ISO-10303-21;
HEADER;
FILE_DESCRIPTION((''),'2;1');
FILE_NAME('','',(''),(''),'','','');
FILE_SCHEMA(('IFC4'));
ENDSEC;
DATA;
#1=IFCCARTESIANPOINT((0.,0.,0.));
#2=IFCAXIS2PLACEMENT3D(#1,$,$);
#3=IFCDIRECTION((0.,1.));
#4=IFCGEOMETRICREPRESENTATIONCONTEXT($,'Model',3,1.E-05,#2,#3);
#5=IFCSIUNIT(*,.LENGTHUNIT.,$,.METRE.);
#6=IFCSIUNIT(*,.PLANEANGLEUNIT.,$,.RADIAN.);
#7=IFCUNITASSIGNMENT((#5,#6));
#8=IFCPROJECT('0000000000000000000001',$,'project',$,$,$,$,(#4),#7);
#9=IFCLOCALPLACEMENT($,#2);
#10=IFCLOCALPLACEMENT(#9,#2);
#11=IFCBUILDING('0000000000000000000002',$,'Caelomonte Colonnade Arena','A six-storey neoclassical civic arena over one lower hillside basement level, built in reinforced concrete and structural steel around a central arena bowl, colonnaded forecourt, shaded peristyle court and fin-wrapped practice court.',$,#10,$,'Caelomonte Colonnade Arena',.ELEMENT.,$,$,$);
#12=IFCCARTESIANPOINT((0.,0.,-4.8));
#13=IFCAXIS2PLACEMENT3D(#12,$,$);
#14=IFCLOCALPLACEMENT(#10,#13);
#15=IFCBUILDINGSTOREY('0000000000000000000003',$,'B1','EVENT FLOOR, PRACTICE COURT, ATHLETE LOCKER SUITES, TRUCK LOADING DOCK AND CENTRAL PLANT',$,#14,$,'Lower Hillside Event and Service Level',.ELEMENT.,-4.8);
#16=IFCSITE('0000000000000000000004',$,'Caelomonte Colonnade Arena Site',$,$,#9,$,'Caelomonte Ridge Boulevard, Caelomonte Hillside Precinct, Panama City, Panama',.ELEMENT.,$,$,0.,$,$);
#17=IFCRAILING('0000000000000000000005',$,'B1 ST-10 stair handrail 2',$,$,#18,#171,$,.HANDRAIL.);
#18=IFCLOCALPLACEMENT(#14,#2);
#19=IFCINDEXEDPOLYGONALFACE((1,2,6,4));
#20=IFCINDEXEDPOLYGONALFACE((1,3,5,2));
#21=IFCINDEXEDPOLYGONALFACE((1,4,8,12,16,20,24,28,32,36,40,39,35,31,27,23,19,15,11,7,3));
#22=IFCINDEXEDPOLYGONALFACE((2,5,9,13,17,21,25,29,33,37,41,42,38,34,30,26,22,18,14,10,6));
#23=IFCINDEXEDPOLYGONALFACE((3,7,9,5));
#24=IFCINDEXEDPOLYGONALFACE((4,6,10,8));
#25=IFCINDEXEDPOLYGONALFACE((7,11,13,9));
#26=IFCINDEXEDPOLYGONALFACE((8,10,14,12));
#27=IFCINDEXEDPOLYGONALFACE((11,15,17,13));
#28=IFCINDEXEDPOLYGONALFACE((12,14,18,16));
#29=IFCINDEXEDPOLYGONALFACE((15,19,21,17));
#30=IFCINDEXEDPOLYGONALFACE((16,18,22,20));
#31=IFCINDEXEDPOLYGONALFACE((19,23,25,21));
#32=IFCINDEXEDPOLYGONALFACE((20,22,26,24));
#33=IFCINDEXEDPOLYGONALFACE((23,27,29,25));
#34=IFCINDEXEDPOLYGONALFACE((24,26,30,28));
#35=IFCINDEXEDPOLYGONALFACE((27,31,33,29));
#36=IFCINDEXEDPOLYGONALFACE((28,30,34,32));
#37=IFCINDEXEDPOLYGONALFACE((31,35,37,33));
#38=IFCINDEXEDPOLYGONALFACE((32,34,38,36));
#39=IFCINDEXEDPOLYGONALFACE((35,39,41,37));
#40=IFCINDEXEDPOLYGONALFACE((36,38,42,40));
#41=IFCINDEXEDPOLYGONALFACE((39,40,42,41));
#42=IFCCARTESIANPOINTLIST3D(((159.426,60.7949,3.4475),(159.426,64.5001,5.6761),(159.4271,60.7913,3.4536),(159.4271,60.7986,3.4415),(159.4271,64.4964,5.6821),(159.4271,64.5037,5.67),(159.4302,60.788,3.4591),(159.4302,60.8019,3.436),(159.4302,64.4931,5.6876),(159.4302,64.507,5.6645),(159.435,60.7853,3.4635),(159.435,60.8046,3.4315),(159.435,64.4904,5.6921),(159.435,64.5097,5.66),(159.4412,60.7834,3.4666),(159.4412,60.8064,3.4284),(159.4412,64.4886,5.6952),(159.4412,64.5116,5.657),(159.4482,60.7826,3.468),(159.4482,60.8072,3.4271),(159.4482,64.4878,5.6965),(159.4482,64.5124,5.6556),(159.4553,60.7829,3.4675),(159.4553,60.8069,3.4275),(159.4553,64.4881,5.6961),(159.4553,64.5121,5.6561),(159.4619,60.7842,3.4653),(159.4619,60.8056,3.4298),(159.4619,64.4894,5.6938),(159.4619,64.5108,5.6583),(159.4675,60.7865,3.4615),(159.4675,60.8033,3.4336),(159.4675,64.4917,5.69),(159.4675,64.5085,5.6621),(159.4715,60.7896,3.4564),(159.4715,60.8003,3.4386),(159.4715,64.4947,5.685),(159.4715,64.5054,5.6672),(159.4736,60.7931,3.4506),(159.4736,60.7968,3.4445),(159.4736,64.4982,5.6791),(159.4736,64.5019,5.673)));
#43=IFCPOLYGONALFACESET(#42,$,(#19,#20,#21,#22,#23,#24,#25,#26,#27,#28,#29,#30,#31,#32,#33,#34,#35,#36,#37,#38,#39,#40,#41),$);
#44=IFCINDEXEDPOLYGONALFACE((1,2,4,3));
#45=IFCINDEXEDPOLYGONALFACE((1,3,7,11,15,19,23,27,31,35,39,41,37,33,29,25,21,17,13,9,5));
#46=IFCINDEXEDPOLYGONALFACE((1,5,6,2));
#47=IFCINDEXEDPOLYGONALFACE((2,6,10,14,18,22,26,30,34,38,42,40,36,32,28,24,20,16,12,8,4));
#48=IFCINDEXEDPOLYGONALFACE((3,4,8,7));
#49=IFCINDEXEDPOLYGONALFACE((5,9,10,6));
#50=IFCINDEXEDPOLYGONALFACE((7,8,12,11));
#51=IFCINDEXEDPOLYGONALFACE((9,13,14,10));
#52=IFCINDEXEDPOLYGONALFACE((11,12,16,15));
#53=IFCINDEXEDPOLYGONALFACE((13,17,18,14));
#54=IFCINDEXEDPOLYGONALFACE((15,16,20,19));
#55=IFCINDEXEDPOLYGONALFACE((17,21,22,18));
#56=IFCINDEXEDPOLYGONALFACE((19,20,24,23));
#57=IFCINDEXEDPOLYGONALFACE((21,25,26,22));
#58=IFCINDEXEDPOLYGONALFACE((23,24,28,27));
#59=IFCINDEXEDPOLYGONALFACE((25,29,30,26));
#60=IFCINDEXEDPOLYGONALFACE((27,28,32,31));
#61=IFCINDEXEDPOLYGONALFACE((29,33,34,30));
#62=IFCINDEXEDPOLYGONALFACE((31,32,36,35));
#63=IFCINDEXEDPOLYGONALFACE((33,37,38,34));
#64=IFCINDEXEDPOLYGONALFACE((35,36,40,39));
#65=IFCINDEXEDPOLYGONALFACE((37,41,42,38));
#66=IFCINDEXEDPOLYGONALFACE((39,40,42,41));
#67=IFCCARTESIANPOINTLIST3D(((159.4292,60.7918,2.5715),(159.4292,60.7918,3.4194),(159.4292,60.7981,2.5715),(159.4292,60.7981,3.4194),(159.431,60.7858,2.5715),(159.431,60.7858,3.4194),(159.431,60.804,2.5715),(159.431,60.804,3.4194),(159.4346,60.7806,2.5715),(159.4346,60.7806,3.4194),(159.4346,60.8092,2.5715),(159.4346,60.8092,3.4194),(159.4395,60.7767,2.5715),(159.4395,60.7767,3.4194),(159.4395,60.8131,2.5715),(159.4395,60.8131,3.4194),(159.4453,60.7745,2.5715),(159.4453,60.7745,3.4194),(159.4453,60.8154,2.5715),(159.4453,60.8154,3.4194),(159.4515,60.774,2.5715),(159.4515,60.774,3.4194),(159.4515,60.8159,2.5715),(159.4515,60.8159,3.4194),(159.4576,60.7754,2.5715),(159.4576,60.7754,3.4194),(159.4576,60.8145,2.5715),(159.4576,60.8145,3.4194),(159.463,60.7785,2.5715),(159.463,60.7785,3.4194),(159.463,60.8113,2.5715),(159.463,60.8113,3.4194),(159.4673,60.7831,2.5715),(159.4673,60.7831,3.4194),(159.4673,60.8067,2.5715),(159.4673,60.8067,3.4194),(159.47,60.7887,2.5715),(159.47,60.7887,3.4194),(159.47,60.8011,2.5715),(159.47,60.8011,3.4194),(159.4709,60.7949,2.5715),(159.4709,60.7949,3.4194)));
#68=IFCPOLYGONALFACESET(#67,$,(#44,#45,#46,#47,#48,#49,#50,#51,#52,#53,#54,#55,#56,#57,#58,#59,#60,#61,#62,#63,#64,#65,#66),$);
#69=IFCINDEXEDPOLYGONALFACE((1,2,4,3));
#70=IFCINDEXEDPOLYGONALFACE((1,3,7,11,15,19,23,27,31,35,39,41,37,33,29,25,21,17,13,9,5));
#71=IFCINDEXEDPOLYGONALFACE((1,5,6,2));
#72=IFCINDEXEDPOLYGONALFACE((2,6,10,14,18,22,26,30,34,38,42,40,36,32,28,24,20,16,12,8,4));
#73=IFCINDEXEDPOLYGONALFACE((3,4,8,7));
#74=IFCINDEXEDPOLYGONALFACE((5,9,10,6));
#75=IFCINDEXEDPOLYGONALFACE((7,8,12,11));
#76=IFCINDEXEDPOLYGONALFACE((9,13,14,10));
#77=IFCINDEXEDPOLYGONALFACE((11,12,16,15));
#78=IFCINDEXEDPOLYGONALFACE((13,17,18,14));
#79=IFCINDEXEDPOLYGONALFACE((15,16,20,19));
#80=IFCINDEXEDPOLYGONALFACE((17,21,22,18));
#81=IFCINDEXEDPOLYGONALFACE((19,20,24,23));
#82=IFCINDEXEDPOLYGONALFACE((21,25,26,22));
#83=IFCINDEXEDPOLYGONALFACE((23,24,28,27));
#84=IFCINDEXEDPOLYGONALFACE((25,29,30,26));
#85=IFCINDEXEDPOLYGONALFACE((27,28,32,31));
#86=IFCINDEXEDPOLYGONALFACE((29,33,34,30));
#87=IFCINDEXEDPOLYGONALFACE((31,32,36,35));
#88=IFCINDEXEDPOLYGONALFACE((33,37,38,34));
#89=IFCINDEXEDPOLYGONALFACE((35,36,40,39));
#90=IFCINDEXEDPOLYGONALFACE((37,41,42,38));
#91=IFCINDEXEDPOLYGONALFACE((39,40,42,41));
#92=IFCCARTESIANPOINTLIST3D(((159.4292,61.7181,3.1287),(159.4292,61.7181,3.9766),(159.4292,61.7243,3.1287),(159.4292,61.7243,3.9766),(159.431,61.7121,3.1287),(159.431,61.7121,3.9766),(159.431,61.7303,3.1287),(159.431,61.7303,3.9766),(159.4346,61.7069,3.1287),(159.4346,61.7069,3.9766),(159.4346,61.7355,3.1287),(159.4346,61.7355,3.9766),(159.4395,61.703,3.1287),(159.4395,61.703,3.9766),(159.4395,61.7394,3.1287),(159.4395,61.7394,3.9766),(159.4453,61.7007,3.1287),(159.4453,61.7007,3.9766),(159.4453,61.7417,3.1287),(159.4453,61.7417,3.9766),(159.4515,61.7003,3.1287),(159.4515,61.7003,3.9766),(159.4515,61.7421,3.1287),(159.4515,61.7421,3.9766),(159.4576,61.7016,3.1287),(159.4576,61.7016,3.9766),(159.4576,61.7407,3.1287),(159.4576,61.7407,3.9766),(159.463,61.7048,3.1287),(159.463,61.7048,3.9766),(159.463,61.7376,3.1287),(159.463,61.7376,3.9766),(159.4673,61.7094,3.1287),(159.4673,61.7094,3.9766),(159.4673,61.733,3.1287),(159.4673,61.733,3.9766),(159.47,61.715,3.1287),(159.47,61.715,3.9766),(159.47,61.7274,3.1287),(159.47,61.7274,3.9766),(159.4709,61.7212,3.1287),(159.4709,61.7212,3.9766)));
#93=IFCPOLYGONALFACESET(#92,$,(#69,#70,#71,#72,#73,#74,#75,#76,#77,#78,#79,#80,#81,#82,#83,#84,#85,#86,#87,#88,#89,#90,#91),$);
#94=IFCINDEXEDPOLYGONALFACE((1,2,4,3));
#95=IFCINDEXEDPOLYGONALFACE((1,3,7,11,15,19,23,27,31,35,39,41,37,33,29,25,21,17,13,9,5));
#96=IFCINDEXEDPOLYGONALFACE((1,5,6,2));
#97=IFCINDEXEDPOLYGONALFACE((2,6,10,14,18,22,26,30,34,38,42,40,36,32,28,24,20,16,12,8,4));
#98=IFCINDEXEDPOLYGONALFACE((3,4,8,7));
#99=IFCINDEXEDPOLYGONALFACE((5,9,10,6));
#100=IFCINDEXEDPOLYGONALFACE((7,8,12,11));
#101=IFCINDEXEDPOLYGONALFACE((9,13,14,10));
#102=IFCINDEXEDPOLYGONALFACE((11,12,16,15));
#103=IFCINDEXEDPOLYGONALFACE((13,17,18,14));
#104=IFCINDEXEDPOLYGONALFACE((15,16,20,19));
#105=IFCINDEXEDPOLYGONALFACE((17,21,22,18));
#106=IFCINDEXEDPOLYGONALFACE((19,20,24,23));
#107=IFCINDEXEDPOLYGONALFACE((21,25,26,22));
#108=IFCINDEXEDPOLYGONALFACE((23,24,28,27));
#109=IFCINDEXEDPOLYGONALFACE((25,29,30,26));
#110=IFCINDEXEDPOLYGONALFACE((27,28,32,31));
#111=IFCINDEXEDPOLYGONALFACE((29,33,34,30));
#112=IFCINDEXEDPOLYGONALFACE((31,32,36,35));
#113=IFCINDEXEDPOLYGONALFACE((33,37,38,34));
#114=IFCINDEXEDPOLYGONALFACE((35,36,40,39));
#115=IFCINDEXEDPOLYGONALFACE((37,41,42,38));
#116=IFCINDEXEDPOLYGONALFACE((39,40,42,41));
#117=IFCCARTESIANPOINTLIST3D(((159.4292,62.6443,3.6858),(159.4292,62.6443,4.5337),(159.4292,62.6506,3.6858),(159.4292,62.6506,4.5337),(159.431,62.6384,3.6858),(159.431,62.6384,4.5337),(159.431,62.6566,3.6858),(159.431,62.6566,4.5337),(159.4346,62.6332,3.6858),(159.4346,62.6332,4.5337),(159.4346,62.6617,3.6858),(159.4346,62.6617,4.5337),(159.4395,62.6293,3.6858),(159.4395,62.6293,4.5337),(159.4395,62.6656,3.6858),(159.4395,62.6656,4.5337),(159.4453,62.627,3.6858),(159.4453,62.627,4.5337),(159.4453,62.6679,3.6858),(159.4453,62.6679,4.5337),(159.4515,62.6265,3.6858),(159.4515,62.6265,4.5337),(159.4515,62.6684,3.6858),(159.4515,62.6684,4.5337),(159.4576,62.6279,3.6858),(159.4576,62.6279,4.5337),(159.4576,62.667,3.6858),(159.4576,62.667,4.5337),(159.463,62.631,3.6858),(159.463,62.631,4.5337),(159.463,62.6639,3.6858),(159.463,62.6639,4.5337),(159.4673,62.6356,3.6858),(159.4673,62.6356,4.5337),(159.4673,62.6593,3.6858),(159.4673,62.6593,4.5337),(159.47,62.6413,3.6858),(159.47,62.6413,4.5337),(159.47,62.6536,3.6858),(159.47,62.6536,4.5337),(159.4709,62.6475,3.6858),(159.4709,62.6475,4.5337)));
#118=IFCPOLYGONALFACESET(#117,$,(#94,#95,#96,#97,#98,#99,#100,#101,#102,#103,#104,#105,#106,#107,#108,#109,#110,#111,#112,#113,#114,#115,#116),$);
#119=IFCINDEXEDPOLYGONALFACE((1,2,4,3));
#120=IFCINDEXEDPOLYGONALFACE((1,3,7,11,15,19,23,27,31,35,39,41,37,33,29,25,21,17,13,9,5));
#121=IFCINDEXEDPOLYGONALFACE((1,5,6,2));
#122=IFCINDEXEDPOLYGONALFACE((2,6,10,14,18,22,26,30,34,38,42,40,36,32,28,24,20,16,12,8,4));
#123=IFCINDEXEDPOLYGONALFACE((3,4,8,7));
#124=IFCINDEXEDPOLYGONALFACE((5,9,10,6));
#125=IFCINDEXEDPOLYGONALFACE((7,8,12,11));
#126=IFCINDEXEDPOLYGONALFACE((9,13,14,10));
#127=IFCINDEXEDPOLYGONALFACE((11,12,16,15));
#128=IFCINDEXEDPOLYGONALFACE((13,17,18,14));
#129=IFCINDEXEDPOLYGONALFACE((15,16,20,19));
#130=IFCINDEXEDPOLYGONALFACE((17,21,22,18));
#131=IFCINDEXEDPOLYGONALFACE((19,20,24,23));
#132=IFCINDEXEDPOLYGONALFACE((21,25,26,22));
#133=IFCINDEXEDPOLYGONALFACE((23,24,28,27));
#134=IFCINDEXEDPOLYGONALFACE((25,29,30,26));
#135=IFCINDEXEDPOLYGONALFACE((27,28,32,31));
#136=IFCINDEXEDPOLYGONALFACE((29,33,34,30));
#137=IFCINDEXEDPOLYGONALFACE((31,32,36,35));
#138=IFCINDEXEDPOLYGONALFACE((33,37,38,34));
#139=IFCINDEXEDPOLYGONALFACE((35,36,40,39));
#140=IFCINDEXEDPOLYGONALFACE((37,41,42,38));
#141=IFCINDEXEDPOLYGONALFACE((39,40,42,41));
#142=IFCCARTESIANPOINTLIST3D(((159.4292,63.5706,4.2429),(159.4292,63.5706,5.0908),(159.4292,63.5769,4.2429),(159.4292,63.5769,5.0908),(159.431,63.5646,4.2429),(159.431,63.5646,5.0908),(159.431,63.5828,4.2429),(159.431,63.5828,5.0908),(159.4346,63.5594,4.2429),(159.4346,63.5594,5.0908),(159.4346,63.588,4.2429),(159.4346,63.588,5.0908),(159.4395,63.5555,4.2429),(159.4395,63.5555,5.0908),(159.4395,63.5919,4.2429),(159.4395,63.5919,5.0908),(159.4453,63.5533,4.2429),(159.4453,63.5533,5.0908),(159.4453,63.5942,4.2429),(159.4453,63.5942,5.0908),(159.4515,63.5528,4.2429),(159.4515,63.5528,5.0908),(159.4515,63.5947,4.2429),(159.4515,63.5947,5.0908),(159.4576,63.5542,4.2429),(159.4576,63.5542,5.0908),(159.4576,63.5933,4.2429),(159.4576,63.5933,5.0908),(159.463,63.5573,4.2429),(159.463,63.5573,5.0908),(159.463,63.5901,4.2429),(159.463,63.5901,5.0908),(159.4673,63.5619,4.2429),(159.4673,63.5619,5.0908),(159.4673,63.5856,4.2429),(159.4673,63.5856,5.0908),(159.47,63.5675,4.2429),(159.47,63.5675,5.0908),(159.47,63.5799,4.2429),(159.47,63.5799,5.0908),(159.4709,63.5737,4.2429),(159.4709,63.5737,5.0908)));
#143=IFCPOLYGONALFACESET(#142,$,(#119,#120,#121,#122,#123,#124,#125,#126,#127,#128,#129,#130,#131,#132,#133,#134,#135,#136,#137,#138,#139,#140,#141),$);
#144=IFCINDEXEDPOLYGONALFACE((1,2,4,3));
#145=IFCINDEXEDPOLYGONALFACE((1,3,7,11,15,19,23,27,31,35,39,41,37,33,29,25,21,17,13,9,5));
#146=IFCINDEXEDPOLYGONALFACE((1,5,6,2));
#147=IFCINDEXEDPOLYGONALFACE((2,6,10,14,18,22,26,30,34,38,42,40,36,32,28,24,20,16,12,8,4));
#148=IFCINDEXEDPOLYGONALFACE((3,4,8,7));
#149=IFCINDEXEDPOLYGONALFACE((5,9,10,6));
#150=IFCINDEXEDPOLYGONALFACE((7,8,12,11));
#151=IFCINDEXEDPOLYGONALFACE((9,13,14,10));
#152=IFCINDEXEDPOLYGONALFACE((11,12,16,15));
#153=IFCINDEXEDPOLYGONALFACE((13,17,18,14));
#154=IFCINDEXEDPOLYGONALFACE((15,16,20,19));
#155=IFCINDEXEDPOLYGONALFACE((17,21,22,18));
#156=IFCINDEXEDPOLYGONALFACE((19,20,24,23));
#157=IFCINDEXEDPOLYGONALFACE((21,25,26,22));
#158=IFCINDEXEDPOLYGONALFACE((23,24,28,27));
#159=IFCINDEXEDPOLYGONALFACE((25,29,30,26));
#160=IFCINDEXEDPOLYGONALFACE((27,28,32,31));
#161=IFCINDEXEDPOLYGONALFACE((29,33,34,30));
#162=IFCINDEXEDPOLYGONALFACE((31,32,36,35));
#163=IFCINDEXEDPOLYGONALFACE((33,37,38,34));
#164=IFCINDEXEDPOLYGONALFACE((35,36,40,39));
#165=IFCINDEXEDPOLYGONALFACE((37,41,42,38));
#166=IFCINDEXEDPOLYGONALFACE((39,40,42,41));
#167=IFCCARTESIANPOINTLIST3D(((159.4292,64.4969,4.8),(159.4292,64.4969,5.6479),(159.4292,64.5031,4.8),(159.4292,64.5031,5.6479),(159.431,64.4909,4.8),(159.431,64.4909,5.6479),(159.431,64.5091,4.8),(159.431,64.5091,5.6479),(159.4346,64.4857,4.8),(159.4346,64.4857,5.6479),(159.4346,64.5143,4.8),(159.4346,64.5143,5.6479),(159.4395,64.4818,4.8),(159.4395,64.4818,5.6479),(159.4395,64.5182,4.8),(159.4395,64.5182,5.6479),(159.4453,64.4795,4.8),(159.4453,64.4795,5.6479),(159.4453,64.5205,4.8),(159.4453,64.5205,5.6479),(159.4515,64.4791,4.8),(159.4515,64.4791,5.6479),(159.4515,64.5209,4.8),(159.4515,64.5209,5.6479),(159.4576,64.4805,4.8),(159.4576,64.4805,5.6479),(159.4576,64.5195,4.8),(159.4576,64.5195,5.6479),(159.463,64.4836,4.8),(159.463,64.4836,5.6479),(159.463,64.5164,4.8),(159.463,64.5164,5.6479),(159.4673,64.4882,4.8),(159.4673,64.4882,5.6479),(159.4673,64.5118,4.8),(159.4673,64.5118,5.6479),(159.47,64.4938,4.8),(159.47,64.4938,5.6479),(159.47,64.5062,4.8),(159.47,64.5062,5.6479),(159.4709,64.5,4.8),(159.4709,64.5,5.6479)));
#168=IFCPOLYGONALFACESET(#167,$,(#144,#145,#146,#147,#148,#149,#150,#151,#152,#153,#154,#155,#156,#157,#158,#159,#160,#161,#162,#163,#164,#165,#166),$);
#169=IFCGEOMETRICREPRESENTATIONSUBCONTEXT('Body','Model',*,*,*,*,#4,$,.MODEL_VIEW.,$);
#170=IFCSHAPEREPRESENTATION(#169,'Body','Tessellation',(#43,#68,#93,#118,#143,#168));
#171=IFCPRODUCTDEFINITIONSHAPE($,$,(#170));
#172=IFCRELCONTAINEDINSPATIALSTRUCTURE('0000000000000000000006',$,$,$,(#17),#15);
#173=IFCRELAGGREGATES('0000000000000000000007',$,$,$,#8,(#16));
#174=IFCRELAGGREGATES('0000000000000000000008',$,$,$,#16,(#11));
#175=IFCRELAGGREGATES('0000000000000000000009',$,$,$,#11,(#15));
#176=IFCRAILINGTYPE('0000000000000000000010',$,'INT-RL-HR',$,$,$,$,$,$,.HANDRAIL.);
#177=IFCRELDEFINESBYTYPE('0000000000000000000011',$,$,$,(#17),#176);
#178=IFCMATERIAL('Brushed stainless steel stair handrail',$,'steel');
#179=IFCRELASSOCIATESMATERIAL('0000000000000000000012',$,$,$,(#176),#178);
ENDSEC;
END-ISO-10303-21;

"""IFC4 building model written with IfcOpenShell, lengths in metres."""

from ifc_helpers import new_model, si_unit, direction, frame, origin, origin_2d, place, context, subcontext, project, spatial, circle, extrude, material, type_object, element, save


model = new_model("IFC4")

# Units and contexts
model_context = context("Model", 3, precision=1e-05, world=origin(), true_north=direction((0.0, 1.0)))
body_context = subcontext(model_context, "Body", "Model", "MODEL_VIEW")
ifc_project = project(units=[si_unit("LENGTHUNIT", "METRE"), si_unit("PLANEANGLEUNIT", "RADIAN")], contexts=[model_context])

# Site, building, storey
site_placement = place(None, origin())
site = spatial("IfcSite", under=ifc_project, at=site_placement, Name="Caelomonte Colonnade Arena Site", LongName="Caelomonte Ridge Boulevard, Caelomonte Hillside Precinct, Panama City, Panama", CompositionType="ELEMENT", RefElevation=0.0)
building_placement = place(site_placement, origin())
building = spatial("IfcBuilding", under=site, at=building_placement, Name="Caelomonte Colonnade Arena", Description="A six-storey neoclassical civic arena over one lower hillside basement level, built in reinforced concrete and structural steel around a central arena bowl, colonnaded forecourt, shaded peristyle court and fin-wrapped practice court.", LongName="Caelomonte Colonnade Arena", CompositionType="ELEMENT")
storey_placement = place(building_placement, frame((0.0, 0.0, -4.8)))
storey = spatial("IfcBuildingStorey", under=building, at=storey_placement, Name="B1", Description="EVENT FLOOR, PRACTICE COURT, ATHLETE LOCKER SUITES, TRUCK LOADING DOCK AND CENTRAL PLANT", LongName="Lower Hillside Event and Service Level", CompositionType="ELEMENT", Elevation=-4.8)

# Railing
ifc_material_1 = material(Name="Brushed stainless steel stair handrail", Category="steel")
railing_type = type_object("IfcRailingType", Name="INT-RL-HR", PredefinedType="HANDRAIL", material=ifc_material_1)
railing_placement = place(storey_placement, frame((159.45, 60.7949, 2.5715)))
element("IfcRailing", 1, at=railing_placement, inside=storey, type_object=railing_type, Name="B1 ST-10 stair handrail 2", PredefinedType="HANDRAIL", context=body_context, shape_type="SweptSolid", body=[
    extrude(circle(Radius=0.0239, at=origin_2d()), frame((0.0, 0.0, 0.876), z_axis=(0.0, 0.856934, 0.515425), x_axis=(-1.0, 0.0, 0.0)), (0.0, 0.0, 1.0), 4.3237),
    extrude(circle(Radius=0.021, at=origin_2d()), origin(), (0.0, 0.0, 1.0), 0.8479),
    extrude(circle(Radius=0.021, at=origin_2d()), frame((0.0, 0.9263, 0.5571)), (0.0, 0.0, 1.0), 0.8479),
    extrude(circle(Radius=0.021, at=origin_2d()), frame((0.0, 1.8525, 1.1143)), (0.0, 0.0, 1.0), 0.8479),
    extrude(circle(Radius=0.021, at=origin_2d()), frame((0.0, 2.7788, 1.6714)), (0.0, 0.0, 1.0), 0.8479),
    extrude(circle(Radius=0.021, at=origin_2d()), frame((0.0, 3.7051, 2.2285)), (0.0, 0.0, 1.0), 0.8479),
])

save(model, "model.ifc")
